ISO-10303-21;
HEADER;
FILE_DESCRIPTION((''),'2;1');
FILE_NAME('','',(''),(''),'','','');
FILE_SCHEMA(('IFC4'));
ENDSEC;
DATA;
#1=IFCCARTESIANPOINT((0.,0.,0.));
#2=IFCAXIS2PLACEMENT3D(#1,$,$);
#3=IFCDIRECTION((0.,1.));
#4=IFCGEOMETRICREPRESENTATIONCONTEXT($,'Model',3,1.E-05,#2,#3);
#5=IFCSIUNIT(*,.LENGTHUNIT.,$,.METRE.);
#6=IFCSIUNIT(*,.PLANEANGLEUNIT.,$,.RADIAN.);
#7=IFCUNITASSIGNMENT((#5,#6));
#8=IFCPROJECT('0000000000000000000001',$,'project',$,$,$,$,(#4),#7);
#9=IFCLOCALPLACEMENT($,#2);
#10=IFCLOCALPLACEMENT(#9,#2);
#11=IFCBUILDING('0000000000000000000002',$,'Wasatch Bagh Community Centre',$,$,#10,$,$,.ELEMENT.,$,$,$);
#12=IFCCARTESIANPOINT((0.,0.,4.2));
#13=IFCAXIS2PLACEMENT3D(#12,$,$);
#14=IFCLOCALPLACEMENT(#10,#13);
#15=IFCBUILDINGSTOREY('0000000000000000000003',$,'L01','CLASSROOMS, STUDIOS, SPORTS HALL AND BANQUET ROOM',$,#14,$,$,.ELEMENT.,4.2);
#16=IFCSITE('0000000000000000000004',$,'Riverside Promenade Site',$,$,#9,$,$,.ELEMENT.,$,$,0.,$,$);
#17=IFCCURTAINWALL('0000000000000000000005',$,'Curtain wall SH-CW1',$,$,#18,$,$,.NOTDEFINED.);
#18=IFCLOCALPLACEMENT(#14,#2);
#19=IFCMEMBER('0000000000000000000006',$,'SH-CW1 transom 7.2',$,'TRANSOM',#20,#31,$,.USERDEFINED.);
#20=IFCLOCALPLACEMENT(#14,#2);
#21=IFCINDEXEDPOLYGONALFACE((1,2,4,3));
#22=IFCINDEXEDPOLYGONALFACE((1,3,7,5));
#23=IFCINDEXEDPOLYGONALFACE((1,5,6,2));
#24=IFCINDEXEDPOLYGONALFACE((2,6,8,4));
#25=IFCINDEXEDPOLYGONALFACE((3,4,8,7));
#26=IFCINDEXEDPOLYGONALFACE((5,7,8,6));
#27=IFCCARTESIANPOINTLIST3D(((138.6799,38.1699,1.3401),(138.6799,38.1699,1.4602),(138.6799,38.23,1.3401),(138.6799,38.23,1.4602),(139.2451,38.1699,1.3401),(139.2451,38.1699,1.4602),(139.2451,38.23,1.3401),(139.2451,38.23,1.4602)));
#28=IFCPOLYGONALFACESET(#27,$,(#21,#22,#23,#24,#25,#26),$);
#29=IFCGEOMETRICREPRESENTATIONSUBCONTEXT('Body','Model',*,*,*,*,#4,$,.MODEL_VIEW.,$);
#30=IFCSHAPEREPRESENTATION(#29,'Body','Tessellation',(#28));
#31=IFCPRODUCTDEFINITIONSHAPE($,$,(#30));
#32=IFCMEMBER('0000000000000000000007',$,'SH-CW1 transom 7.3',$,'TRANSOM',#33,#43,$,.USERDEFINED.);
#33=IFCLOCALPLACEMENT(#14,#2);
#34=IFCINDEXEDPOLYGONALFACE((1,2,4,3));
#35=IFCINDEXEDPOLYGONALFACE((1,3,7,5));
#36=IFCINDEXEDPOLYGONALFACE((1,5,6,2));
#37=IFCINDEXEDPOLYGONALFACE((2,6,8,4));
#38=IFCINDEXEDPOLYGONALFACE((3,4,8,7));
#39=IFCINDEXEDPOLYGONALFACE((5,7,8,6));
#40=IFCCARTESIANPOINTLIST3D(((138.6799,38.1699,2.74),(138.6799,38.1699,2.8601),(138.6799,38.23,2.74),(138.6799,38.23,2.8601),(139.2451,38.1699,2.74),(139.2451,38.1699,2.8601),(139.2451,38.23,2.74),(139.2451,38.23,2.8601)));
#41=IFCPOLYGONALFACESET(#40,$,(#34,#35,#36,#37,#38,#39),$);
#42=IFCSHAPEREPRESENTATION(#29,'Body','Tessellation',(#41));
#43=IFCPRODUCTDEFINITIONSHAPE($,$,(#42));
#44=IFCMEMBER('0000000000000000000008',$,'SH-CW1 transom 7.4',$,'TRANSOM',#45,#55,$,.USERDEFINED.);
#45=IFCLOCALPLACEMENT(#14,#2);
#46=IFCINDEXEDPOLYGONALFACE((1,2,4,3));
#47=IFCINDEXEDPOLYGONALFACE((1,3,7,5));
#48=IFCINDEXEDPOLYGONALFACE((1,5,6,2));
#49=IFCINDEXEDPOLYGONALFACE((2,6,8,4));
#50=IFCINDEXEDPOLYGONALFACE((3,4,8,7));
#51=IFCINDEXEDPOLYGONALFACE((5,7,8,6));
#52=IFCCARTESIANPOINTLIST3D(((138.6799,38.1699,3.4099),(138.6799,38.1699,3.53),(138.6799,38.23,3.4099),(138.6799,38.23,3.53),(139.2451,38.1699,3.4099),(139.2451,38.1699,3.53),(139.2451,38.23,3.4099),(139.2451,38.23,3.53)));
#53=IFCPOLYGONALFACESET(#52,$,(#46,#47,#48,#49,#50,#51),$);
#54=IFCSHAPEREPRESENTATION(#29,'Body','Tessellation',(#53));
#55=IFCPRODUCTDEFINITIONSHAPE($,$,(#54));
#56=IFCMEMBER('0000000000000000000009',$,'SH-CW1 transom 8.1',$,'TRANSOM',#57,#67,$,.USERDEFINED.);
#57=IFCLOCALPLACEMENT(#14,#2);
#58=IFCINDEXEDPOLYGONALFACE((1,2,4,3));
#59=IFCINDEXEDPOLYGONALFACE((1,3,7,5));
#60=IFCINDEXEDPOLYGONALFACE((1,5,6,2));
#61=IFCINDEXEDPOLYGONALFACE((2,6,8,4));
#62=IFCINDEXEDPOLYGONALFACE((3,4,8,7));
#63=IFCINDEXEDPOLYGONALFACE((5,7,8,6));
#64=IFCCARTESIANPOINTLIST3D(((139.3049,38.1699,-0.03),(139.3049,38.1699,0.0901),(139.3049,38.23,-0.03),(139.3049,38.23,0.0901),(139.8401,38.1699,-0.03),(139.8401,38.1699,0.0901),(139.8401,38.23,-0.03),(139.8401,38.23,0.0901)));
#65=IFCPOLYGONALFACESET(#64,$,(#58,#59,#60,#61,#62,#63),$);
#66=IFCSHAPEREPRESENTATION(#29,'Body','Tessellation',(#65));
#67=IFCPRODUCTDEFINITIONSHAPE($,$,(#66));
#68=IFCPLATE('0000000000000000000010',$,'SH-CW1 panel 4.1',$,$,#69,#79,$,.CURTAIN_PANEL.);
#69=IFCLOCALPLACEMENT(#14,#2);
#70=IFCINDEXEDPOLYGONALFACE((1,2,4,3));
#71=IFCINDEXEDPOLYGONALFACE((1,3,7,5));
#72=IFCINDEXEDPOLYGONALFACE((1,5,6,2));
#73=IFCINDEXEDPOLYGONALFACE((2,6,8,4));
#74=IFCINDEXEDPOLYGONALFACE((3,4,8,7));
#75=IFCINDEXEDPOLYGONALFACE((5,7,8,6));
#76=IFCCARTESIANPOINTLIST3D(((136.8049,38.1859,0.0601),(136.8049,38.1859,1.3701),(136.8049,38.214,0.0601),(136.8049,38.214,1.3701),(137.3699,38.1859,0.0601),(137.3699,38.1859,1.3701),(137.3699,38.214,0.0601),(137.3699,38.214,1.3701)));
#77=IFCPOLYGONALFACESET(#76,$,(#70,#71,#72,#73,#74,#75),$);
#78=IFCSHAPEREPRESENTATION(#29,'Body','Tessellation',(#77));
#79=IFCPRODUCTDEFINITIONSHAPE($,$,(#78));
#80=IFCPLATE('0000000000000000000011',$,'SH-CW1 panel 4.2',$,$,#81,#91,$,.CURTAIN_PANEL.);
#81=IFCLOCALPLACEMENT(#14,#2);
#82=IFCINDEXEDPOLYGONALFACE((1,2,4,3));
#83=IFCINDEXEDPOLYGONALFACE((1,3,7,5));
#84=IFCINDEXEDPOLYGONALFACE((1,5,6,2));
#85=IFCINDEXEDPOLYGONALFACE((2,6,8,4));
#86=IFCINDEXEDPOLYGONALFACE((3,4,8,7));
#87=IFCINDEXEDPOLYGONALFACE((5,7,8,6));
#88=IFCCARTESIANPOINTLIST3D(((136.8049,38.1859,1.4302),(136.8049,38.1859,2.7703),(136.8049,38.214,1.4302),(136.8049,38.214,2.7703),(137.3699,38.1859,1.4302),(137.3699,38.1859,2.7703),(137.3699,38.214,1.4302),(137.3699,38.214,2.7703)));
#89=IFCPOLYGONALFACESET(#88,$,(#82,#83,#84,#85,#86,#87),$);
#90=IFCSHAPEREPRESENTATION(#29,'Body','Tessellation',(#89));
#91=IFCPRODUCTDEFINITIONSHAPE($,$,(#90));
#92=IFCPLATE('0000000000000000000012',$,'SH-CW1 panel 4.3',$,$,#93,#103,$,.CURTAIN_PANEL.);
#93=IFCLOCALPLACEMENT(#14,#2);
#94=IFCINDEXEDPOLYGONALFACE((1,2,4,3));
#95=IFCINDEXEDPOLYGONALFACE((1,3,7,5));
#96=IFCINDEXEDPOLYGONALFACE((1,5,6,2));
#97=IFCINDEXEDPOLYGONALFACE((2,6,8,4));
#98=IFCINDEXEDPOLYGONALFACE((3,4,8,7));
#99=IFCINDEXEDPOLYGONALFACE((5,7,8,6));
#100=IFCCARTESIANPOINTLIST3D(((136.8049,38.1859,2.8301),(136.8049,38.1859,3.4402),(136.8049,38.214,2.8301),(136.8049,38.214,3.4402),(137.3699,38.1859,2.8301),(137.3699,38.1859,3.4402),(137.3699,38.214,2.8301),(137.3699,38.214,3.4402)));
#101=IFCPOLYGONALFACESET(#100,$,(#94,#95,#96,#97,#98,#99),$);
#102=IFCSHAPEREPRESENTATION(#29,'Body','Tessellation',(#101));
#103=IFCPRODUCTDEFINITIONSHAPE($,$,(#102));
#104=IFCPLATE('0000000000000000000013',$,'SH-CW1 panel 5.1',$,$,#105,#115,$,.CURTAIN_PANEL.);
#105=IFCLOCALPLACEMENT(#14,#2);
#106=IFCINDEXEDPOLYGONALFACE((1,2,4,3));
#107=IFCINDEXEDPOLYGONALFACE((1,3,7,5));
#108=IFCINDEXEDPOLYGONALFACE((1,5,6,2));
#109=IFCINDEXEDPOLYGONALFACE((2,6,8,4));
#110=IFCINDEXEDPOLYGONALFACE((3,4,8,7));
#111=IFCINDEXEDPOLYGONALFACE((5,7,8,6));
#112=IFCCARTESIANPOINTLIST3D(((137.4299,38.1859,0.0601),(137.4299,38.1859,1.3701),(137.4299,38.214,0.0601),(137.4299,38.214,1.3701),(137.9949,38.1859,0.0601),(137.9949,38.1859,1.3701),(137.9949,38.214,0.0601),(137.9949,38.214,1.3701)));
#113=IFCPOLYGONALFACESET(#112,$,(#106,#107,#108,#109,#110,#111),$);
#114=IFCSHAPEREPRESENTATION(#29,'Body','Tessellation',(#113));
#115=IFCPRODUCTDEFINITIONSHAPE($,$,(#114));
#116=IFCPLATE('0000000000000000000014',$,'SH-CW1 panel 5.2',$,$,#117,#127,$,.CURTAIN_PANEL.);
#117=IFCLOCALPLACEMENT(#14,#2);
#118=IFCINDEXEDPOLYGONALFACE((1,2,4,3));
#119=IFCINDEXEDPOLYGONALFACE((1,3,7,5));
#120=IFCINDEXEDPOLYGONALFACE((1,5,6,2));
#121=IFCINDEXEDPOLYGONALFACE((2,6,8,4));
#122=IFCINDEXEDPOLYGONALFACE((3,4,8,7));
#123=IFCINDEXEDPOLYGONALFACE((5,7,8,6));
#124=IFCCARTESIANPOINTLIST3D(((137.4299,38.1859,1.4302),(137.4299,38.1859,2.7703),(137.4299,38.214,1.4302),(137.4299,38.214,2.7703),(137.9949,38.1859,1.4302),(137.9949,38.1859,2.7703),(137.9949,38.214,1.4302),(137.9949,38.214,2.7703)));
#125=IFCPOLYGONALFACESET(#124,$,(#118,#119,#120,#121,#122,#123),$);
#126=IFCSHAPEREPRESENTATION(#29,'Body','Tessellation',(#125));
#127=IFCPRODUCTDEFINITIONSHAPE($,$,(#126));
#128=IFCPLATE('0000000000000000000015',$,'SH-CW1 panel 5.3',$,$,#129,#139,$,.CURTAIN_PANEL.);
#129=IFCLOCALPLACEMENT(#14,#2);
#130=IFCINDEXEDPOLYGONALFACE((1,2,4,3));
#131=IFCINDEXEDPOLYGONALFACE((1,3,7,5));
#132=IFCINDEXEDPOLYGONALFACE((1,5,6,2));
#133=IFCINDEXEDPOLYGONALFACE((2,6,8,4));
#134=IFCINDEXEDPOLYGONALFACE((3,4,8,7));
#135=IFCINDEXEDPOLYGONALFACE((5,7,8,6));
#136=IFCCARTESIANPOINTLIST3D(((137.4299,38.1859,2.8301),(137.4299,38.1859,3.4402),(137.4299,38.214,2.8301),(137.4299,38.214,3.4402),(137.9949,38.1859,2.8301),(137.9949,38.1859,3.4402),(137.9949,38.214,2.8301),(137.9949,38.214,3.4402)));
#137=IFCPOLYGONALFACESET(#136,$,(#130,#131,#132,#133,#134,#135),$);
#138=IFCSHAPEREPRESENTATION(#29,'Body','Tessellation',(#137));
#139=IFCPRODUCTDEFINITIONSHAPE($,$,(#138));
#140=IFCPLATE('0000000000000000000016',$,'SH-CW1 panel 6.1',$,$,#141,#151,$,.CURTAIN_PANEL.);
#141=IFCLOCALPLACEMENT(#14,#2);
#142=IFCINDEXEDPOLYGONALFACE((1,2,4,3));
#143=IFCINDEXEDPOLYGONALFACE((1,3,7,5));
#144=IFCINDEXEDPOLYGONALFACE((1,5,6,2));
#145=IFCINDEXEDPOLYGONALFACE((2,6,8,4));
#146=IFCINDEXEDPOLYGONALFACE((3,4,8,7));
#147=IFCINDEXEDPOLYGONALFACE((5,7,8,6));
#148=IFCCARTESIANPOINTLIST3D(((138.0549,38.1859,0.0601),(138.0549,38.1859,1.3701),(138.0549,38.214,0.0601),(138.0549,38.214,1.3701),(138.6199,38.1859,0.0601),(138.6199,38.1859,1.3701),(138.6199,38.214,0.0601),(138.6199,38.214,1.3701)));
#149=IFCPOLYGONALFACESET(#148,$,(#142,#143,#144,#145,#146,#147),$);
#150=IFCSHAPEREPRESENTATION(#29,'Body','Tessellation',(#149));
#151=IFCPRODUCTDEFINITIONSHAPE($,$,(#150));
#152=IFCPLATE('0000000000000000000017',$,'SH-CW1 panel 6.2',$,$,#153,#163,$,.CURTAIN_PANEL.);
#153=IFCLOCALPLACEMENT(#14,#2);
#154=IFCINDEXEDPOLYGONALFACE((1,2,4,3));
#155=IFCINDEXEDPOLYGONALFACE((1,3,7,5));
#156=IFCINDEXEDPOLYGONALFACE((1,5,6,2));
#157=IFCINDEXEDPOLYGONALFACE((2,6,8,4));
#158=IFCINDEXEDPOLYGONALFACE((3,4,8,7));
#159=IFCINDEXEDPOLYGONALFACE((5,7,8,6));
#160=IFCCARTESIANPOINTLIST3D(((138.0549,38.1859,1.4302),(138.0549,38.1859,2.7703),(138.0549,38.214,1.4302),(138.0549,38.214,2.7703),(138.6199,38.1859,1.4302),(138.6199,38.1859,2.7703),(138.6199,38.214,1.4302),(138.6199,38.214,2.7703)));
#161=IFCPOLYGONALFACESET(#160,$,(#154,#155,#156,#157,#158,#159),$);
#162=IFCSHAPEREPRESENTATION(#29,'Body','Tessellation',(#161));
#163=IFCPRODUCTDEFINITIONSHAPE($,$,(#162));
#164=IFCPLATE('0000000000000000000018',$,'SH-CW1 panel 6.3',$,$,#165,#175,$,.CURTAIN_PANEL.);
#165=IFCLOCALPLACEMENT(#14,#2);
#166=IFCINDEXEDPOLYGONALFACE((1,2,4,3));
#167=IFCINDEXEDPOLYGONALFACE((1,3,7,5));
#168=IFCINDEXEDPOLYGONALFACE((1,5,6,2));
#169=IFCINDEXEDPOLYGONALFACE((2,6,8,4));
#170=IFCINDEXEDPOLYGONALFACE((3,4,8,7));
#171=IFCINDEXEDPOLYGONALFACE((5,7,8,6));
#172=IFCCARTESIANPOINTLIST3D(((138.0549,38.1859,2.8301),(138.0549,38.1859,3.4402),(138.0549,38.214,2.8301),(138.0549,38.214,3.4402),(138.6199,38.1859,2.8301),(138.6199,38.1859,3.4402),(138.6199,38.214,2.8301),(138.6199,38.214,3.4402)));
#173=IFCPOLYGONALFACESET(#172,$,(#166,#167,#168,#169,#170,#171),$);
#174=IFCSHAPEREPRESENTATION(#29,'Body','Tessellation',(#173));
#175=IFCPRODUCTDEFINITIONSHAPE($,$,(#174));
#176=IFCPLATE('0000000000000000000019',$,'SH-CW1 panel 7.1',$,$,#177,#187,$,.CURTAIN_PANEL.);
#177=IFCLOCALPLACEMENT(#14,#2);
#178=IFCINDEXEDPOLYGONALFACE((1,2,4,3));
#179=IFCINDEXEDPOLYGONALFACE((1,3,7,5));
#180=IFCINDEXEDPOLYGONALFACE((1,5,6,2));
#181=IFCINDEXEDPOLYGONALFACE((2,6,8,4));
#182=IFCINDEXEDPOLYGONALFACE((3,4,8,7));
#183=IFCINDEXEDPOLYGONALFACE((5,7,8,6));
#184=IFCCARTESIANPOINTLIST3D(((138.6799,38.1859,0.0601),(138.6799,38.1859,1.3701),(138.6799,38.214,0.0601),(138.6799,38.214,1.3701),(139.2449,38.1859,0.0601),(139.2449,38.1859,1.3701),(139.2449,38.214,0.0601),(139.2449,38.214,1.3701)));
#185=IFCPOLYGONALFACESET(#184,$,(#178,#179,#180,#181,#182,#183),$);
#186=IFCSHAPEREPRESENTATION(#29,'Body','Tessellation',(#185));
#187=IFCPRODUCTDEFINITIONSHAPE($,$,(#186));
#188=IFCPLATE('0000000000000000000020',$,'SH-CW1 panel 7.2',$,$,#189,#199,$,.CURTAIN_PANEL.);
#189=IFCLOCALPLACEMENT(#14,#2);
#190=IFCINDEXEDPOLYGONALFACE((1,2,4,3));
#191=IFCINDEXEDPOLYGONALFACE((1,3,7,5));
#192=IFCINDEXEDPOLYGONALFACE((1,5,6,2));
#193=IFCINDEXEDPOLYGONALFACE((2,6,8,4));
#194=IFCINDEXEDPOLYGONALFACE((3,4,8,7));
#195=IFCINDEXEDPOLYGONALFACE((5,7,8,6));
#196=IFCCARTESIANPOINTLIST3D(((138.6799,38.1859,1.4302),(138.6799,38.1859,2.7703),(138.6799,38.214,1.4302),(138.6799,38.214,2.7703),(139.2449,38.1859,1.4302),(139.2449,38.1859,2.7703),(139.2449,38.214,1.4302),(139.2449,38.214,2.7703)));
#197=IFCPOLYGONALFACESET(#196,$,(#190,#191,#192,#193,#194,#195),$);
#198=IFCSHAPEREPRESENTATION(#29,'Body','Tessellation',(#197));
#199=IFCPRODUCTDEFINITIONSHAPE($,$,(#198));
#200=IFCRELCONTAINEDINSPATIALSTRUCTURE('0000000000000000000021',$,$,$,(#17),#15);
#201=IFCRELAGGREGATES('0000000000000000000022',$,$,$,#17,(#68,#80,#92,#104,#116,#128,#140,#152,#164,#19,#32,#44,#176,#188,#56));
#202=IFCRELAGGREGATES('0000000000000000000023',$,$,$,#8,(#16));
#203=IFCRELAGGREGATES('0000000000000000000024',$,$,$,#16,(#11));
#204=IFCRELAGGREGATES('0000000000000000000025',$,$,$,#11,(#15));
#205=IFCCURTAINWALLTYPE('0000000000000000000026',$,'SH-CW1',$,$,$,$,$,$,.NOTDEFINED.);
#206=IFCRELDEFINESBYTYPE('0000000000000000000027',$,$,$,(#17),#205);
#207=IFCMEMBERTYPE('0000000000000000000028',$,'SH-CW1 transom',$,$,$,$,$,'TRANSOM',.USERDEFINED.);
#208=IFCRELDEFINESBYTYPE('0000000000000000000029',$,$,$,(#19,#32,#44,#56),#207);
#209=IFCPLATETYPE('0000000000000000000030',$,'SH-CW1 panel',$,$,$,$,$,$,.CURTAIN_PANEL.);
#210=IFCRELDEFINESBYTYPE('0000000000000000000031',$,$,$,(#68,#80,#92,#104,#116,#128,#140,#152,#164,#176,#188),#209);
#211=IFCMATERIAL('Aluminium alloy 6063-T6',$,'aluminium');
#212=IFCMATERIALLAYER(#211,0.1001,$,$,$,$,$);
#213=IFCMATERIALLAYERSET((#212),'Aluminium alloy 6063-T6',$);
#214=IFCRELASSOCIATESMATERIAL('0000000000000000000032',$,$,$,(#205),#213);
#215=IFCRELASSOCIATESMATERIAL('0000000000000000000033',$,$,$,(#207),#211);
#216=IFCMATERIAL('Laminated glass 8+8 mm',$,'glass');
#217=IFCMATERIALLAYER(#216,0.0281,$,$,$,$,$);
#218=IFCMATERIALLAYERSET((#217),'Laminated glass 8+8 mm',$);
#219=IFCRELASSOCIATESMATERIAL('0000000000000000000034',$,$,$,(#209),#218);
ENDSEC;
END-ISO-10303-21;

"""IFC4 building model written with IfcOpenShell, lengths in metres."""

from ifc_helpers import new_model, si_unit, direction, frame, origin, origin_2d, place, context, subcontext, project, spatial, rectangle, extrude, material, layer, layer_set, material_profile, profile_set, type_object, element, aggregate, save


model = new_model("IFC4")

# Units and contexts
model_context = context("Model", 3, precision=1e-05, world=origin(), true_north=direction((0.0, 1.0)))
body_context = subcontext(model_context, "Body", "Model", "MODEL_VIEW")
ifc_project = project(units=[si_unit("LENGTHUNIT", "METRE"), si_unit("PLANEANGLEUNIT", "RADIAN")], contexts=[model_context])

# Site, building, storey
site_placement = place(None, origin())
site = spatial("IfcSite", under=ifc_project, at=site_placement, Name="Riverside Promenade Site", CompositionType="ELEMENT", RefElevation=0.0)
building_placement = place(site_placement, origin())
building = spatial("IfcBuilding", under=site, at=building_placement, Name="Wasatch Bagh Community Centre", CompositionType="ELEMENT")
storey_placement = place(building_placement, frame((0.0, 0.0, 4.2)))
storey = spatial("IfcBuildingStorey", under=building, at=storey_placement, Name="L01", Description="CLASSROOMS, STUDIOS, SPORTS HALL AND BANQUET ROOM", CompositionType="ELEMENT", Elevation=4.2)

# Curtain wall, members, plates
ifc_material_1 = material(Name="Aluminium alloy 6063-T6", Category="aluminium")
ifc_layer_1 = layer(ifc_material_1, 0.1001)
ifc_layer_set_1 = layer_set([ifc_layer_1], Name="Aluminium alloy 6063-T6")
curtain_wall_type = type_object("IfcCurtainWallType", Name="SH-CW1", PredefinedType="NOTDEFINED", material=ifc_layer_set_1)
curtain_wall_placement = place(storey_placement, origin())
curtain_wall = element("IfcCurtainWall", 1, at=curtain_wall_placement, inside=storey, type_object=curtain_wall_type, Name="Curtain wall SH-CW1", PredefinedType="NOTDEFINED")
ifc_material_profile_1 = material_profile(ifc_material_1, rectangle(XDim=0.0601, YDim=0.1201, at=origin_2d()), Name="AL 60x120")
ifc_profile_set_1 = profile_set([ifc_material_profile_1], Name="Aluminium alloy 6063-T6")
member_type_1 = type_object("IfcMemberType", Name="SH-CW1 transom", ElementType="TRANSOM", PredefinedType="USERDEFINED", material=ifc_profile_set_1)
member_1_placement = place(storey_placement, frame((138.6799, 38.2, 1.4001), z_axis=(1.0, 0.0, 0.0), x_axis=(0.0, 1.0, 0.0)))
member_1 = element("IfcMember", 2, at=member_1_placement, type_object=member_type_1, Name="SH-CW1 transom 7.2", ObjectType="TRANSOM", PredefinedType="USERDEFINED", context=body_context, shape_type="SweptSolid", body=[
    extrude(rectangle(XDim=0.0601, YDim=0.1201, at=origin_2d()), origin(), (0.0, 0.0, 1.0), 0.5652),
])
member_2_placement = place(storey_placement, frame((138.6799, 38.2, 2.8), z_axis=(1.0, 0.0, 0.0), x_axis=(0.0, 1.0, 0.0)))
member_2 = element("IfcMember", 3, at=member_2_placement, type_object=member_type_1, Name="SH-CW1 transom 7.3", ObjectType="TRANSOM", PredefinedType="USERDEFINED", context=body_context, shape_type="SweptSolid", body=[
    extrude(rectangle(XDim=0.0601, YDim=0.1201, at=origin_2d()), origin(), (0.0, 0.0, 1.0), 0.5652),
])
member_3_placement = place(storey_placement, frame((138.6799, 38.2, 3.47), z_axis=(1.0, 0.0, 0.0), x_axis=(0.0, 1.0, 0.0)))
member_3 = element("IfcMember", 4, at=member_3_placement, type_object=member_type_1, Name="SH-CW1 transom 7.4", ObjectType="TRANSOM", PredefinedType="USERDEFINED", context=body_context, shape_type="SweptSolid", body=[
    extrude(rectangle(XDim=0.0601, YDim=0.1201, at=origin_2d()), origin(), (0.0, 0.0, 1.0), 0.5652),
])
member_4_placement = place(storey_placement, frame((139.3049, 38.2, 0.03), z_axis=(1.0, 0.0, 0.0), x_axis=(0.0, 1.0, 0.0)))
member_4 = element("IfcMember", 5, at=member_4_placement, type_object=member_type_1, Name="SH-CW1 transom 8.1", ObjectType="TRANSOM", PredefinedType="USERDEFINED", context=body_context, shape_type="SweptSolid", body=[
    extrude(rectangle(XDim=0.0601, YDim=0.1201, at=origin_2d()), origin(), (0.0, 0.0, 1.0), 0.5352),
])
ifc_material_2 = material(Name="Laminated glass 8+8 mm", Category="glass")
ifc_layer_2 = layer(ifc_material_2, 0.0281)
ifc_layer_set_2 = layer_set([ifc_layer_2], Name="Laminated glass 8+8 mm")
plate_type = type_object("IfcPlateType", Name="SH-CW1 panel", PredefinedType="CURTAIN_PANEL", material=ifc_layer_set_2)
plate_1_placement = place(storey_placement, frame((137.0874, 38.2, 0.0601), z_axis=(0.0, 0.0, 1.0), x_axis=(1.0, 0.0, 0.0)))
plate_1 = element("IfcPlate", 6, at=plate_1_placement, type_object=plate_type, Name="SH-CW1 panel 4.1", PredefinedType="CURTAIN_PANEL", context=body_context, shape_type="SweptSolid", body=[
    extrude(rectangle(XDim=0.5649, YDim=0.0281, at=origin_2d()), origin(), (0.0, 0.0, 1.0), 1.3101),
])
plate_2_placement = place(storey_placement, frame((137.0874, 38.2, 1.4302), z_axis=(0.0, 0.0, 1.0), x_axis=(1.0, 0.0, 0.0)))
plate_2 = element("IfcPlate", 7, at=plate_2_placement, type_object=plate_type, Name="SH-CW1 panel 4.2", PredefinedType="CURTAIN_PANEL", context=body_context, shape_type="SweptSolid", body=[
    extrude(rectangle(XDim=0.5649, YDim=0.0281, at=origin_2d()), origin(), (0.0, 0.0, 1.0), 1.3401),
])
plate_3_placement = place(storey_placement, frame((137.0874, 38.2, 2.8301), z_axis=(0.0, 0.0, 1.0), x_axis=(1.0, 0.0, 0.0)))
plate_3 = element("IfcPlate", 8, at=plate_3_placement, type_object=plate_type, Name="SH-CW1 panel 4.3", PredefinedType="CURTAIN_PANEL", context=body_context, shape_type="SweptSolid", body=[
    extrude(rectangle(XDim=0.5649, YDim=0.0281, at=origin_2d()), origin(), (0.0, 0.0, 1.0), 0.6101),
])
plate_4_placement = place(storey_placement, frame((137.7124, 38.2, 0.0601), z_axis=(0.0, 0.0, 1.0), x_axis=(1.0, 0.0, 0.0)))
plate_4 = element("IfcPlate", 9, at=plate_4_placement, type_object=plate_type, Name="SH-CW1 panel 5.1", PredefinedType="CURTAIN_PANEL", context=body_context, shape_type="SweptSolid", body=[
    extrude(rectangle(XDim=0.5649, YDim=0.0281, at=origin_2d()), origin(), (0.0, 0.0, 1.0), 1.3101),
])
plate_5_placement = place(storey_placement, frame((137.7124, 38.2, 1.4302), z_axis=(0.0, 0.0, 1.0), x_axis=(1.0, 0.0, 0.0)))
plate_5 = element("IfcPlate", 10, at=plate_5_placement, type_object=plate_type, Name="SH-CW1 panel 5.2", PredefinedType="CURTAIN_PANEL", context=body_context, shape_type="SweptSolid", body=[
    extrude(rectangle(XDim=0.5649, YDim=0.0281, at=origin_2d()), origin(), (0.0, 0.0, 1.0), 1.3401),
])
plate_6_placement = place(storey_placement, frame((137.7124, 38.2, 2.8301), z_axis=(0.0, 0.0, 1.0), x_axis=(1.0, 0.0, 0.0)))
plate_6 = element("IfcPlate", 11, at=plate_6_placement, type_object=plate_type, Name="SH-CW1 panel 5.3", PredefinedType="CURTAIN_PANEL", context=body_context, shape_type="SweptSolid", body=[
    extrude(rectangle(XDim=0.5649, YDim=0.0281, at=origin_2d()), origin(), (0.0, 0.0, 1.0), 0.6101),
])
plate_7_placement = place(storey_placement, frame((138.3374, 38.2, 0.0601), z_axis=(0.0, 0.0, 1.0), x_axis=(1.0, 0.0, 0.0)))
plate_7 = element("IfcPlate", 12, at=plate_7_placement, type_object=plate_type, Name="SH-CW1 panel 6.1", PredefinedType="CURTAIN_PANEL", context=body_context, shape_type="SweptSolid", body=[
    extrude(rectangle(XDim=0.5649, YDim=0.0281, at=origin_2d()), origin(), (0.0, 0.0, 1.0), 1.3101),
])
plate_8_placement = place(storey_placement, frame((138.3374, 38.2, 1.4302), z_axis=(0.0, 0.0, 1.0), x_axis=(1.0, 0.0, 0.0)))
plate_8 = element("IfcPlate", 13, at=plate_8_placement, type_object=plate_type, Name="SH-CW1 panel 6.2", PredefinedType="CURTAIN_PANEL", context=body_context, shape_type="SweptSolid", body=[
    extrude(rectangle(XDim=0.5649, YDim=0.0281, at=origin_2d()), origin(), (0.0, 0.0, 1.0), 1.3401),
])
plate_9_placement = place(storey_placement, frame((138.3374, 38.2, 2.8301), z_axis=(0.0, 0.0, 1.0), x_axis=(1.0, 0.0, 0.0)))
plate_9 = element("IfcPlate", 14, at=plate_9_placement, type_object=plate_type, Name="SH-CW1 panel 6.3", PredefinedType="CURTAIN_PANEL", context=body_context, shape_type="SweptSolid", body=[
    extrude(rectangle(XDim=0.5649, YDim=0.0281, at=origin_2d()), origin(), (0.0, 0.0, 1.0), 0.6101),
])
plate_10_placement = place(storey_placement, frame((138.9624, 38.2, 0.0601), z_axis=(0.0, 0.0, 1.0), x_axis=(1.0, 0.0, 0.0)))
plate_10 = element("IfcPlate", 15, at=plate_10_placement, type_object=plate_type, Name="SH-CW1 panel 7.1", PredefinedType="CURTAIN_PANEL", context=body_context, shape_type="SweptSolid", body=[
    extrude(rectangle(XDim=0.5649, YDim=0.0281, at=origin_2d()), origin(), (0.0, 0.0, 1.0), 1.3101),
])
plate_11_placement = place(storey_placement, frame((138.9624, 38.2, 1.4302), z_axis=(0.0, 0.0, 1.0), x_axis=(1.0, 0.0, 0.0)))
plate_11 = element("IfcPlate", 16, at=plate_11_placement, type_object=plate_type, Name="SH-CW1 panel 7.2", PredefinedType="CURTAIN_PANEL", context=body_context, shape_type="SweptSolid", body=[
    extrude(rectangle(XDim=0.5649, YDim=0.0281, at=origin_2d()), origin(), (0.0, 0.0, 1.0), 1.3401),
])
aggregate(curtain_wall, [plate_1, plate_2, plate_3, plate_4, plate_5, plate_6, plate_7, plate_8, plate_9, member_1, member_2, member_3, plate_10, plate_11, member_4])

save(model, "model.ifc")
